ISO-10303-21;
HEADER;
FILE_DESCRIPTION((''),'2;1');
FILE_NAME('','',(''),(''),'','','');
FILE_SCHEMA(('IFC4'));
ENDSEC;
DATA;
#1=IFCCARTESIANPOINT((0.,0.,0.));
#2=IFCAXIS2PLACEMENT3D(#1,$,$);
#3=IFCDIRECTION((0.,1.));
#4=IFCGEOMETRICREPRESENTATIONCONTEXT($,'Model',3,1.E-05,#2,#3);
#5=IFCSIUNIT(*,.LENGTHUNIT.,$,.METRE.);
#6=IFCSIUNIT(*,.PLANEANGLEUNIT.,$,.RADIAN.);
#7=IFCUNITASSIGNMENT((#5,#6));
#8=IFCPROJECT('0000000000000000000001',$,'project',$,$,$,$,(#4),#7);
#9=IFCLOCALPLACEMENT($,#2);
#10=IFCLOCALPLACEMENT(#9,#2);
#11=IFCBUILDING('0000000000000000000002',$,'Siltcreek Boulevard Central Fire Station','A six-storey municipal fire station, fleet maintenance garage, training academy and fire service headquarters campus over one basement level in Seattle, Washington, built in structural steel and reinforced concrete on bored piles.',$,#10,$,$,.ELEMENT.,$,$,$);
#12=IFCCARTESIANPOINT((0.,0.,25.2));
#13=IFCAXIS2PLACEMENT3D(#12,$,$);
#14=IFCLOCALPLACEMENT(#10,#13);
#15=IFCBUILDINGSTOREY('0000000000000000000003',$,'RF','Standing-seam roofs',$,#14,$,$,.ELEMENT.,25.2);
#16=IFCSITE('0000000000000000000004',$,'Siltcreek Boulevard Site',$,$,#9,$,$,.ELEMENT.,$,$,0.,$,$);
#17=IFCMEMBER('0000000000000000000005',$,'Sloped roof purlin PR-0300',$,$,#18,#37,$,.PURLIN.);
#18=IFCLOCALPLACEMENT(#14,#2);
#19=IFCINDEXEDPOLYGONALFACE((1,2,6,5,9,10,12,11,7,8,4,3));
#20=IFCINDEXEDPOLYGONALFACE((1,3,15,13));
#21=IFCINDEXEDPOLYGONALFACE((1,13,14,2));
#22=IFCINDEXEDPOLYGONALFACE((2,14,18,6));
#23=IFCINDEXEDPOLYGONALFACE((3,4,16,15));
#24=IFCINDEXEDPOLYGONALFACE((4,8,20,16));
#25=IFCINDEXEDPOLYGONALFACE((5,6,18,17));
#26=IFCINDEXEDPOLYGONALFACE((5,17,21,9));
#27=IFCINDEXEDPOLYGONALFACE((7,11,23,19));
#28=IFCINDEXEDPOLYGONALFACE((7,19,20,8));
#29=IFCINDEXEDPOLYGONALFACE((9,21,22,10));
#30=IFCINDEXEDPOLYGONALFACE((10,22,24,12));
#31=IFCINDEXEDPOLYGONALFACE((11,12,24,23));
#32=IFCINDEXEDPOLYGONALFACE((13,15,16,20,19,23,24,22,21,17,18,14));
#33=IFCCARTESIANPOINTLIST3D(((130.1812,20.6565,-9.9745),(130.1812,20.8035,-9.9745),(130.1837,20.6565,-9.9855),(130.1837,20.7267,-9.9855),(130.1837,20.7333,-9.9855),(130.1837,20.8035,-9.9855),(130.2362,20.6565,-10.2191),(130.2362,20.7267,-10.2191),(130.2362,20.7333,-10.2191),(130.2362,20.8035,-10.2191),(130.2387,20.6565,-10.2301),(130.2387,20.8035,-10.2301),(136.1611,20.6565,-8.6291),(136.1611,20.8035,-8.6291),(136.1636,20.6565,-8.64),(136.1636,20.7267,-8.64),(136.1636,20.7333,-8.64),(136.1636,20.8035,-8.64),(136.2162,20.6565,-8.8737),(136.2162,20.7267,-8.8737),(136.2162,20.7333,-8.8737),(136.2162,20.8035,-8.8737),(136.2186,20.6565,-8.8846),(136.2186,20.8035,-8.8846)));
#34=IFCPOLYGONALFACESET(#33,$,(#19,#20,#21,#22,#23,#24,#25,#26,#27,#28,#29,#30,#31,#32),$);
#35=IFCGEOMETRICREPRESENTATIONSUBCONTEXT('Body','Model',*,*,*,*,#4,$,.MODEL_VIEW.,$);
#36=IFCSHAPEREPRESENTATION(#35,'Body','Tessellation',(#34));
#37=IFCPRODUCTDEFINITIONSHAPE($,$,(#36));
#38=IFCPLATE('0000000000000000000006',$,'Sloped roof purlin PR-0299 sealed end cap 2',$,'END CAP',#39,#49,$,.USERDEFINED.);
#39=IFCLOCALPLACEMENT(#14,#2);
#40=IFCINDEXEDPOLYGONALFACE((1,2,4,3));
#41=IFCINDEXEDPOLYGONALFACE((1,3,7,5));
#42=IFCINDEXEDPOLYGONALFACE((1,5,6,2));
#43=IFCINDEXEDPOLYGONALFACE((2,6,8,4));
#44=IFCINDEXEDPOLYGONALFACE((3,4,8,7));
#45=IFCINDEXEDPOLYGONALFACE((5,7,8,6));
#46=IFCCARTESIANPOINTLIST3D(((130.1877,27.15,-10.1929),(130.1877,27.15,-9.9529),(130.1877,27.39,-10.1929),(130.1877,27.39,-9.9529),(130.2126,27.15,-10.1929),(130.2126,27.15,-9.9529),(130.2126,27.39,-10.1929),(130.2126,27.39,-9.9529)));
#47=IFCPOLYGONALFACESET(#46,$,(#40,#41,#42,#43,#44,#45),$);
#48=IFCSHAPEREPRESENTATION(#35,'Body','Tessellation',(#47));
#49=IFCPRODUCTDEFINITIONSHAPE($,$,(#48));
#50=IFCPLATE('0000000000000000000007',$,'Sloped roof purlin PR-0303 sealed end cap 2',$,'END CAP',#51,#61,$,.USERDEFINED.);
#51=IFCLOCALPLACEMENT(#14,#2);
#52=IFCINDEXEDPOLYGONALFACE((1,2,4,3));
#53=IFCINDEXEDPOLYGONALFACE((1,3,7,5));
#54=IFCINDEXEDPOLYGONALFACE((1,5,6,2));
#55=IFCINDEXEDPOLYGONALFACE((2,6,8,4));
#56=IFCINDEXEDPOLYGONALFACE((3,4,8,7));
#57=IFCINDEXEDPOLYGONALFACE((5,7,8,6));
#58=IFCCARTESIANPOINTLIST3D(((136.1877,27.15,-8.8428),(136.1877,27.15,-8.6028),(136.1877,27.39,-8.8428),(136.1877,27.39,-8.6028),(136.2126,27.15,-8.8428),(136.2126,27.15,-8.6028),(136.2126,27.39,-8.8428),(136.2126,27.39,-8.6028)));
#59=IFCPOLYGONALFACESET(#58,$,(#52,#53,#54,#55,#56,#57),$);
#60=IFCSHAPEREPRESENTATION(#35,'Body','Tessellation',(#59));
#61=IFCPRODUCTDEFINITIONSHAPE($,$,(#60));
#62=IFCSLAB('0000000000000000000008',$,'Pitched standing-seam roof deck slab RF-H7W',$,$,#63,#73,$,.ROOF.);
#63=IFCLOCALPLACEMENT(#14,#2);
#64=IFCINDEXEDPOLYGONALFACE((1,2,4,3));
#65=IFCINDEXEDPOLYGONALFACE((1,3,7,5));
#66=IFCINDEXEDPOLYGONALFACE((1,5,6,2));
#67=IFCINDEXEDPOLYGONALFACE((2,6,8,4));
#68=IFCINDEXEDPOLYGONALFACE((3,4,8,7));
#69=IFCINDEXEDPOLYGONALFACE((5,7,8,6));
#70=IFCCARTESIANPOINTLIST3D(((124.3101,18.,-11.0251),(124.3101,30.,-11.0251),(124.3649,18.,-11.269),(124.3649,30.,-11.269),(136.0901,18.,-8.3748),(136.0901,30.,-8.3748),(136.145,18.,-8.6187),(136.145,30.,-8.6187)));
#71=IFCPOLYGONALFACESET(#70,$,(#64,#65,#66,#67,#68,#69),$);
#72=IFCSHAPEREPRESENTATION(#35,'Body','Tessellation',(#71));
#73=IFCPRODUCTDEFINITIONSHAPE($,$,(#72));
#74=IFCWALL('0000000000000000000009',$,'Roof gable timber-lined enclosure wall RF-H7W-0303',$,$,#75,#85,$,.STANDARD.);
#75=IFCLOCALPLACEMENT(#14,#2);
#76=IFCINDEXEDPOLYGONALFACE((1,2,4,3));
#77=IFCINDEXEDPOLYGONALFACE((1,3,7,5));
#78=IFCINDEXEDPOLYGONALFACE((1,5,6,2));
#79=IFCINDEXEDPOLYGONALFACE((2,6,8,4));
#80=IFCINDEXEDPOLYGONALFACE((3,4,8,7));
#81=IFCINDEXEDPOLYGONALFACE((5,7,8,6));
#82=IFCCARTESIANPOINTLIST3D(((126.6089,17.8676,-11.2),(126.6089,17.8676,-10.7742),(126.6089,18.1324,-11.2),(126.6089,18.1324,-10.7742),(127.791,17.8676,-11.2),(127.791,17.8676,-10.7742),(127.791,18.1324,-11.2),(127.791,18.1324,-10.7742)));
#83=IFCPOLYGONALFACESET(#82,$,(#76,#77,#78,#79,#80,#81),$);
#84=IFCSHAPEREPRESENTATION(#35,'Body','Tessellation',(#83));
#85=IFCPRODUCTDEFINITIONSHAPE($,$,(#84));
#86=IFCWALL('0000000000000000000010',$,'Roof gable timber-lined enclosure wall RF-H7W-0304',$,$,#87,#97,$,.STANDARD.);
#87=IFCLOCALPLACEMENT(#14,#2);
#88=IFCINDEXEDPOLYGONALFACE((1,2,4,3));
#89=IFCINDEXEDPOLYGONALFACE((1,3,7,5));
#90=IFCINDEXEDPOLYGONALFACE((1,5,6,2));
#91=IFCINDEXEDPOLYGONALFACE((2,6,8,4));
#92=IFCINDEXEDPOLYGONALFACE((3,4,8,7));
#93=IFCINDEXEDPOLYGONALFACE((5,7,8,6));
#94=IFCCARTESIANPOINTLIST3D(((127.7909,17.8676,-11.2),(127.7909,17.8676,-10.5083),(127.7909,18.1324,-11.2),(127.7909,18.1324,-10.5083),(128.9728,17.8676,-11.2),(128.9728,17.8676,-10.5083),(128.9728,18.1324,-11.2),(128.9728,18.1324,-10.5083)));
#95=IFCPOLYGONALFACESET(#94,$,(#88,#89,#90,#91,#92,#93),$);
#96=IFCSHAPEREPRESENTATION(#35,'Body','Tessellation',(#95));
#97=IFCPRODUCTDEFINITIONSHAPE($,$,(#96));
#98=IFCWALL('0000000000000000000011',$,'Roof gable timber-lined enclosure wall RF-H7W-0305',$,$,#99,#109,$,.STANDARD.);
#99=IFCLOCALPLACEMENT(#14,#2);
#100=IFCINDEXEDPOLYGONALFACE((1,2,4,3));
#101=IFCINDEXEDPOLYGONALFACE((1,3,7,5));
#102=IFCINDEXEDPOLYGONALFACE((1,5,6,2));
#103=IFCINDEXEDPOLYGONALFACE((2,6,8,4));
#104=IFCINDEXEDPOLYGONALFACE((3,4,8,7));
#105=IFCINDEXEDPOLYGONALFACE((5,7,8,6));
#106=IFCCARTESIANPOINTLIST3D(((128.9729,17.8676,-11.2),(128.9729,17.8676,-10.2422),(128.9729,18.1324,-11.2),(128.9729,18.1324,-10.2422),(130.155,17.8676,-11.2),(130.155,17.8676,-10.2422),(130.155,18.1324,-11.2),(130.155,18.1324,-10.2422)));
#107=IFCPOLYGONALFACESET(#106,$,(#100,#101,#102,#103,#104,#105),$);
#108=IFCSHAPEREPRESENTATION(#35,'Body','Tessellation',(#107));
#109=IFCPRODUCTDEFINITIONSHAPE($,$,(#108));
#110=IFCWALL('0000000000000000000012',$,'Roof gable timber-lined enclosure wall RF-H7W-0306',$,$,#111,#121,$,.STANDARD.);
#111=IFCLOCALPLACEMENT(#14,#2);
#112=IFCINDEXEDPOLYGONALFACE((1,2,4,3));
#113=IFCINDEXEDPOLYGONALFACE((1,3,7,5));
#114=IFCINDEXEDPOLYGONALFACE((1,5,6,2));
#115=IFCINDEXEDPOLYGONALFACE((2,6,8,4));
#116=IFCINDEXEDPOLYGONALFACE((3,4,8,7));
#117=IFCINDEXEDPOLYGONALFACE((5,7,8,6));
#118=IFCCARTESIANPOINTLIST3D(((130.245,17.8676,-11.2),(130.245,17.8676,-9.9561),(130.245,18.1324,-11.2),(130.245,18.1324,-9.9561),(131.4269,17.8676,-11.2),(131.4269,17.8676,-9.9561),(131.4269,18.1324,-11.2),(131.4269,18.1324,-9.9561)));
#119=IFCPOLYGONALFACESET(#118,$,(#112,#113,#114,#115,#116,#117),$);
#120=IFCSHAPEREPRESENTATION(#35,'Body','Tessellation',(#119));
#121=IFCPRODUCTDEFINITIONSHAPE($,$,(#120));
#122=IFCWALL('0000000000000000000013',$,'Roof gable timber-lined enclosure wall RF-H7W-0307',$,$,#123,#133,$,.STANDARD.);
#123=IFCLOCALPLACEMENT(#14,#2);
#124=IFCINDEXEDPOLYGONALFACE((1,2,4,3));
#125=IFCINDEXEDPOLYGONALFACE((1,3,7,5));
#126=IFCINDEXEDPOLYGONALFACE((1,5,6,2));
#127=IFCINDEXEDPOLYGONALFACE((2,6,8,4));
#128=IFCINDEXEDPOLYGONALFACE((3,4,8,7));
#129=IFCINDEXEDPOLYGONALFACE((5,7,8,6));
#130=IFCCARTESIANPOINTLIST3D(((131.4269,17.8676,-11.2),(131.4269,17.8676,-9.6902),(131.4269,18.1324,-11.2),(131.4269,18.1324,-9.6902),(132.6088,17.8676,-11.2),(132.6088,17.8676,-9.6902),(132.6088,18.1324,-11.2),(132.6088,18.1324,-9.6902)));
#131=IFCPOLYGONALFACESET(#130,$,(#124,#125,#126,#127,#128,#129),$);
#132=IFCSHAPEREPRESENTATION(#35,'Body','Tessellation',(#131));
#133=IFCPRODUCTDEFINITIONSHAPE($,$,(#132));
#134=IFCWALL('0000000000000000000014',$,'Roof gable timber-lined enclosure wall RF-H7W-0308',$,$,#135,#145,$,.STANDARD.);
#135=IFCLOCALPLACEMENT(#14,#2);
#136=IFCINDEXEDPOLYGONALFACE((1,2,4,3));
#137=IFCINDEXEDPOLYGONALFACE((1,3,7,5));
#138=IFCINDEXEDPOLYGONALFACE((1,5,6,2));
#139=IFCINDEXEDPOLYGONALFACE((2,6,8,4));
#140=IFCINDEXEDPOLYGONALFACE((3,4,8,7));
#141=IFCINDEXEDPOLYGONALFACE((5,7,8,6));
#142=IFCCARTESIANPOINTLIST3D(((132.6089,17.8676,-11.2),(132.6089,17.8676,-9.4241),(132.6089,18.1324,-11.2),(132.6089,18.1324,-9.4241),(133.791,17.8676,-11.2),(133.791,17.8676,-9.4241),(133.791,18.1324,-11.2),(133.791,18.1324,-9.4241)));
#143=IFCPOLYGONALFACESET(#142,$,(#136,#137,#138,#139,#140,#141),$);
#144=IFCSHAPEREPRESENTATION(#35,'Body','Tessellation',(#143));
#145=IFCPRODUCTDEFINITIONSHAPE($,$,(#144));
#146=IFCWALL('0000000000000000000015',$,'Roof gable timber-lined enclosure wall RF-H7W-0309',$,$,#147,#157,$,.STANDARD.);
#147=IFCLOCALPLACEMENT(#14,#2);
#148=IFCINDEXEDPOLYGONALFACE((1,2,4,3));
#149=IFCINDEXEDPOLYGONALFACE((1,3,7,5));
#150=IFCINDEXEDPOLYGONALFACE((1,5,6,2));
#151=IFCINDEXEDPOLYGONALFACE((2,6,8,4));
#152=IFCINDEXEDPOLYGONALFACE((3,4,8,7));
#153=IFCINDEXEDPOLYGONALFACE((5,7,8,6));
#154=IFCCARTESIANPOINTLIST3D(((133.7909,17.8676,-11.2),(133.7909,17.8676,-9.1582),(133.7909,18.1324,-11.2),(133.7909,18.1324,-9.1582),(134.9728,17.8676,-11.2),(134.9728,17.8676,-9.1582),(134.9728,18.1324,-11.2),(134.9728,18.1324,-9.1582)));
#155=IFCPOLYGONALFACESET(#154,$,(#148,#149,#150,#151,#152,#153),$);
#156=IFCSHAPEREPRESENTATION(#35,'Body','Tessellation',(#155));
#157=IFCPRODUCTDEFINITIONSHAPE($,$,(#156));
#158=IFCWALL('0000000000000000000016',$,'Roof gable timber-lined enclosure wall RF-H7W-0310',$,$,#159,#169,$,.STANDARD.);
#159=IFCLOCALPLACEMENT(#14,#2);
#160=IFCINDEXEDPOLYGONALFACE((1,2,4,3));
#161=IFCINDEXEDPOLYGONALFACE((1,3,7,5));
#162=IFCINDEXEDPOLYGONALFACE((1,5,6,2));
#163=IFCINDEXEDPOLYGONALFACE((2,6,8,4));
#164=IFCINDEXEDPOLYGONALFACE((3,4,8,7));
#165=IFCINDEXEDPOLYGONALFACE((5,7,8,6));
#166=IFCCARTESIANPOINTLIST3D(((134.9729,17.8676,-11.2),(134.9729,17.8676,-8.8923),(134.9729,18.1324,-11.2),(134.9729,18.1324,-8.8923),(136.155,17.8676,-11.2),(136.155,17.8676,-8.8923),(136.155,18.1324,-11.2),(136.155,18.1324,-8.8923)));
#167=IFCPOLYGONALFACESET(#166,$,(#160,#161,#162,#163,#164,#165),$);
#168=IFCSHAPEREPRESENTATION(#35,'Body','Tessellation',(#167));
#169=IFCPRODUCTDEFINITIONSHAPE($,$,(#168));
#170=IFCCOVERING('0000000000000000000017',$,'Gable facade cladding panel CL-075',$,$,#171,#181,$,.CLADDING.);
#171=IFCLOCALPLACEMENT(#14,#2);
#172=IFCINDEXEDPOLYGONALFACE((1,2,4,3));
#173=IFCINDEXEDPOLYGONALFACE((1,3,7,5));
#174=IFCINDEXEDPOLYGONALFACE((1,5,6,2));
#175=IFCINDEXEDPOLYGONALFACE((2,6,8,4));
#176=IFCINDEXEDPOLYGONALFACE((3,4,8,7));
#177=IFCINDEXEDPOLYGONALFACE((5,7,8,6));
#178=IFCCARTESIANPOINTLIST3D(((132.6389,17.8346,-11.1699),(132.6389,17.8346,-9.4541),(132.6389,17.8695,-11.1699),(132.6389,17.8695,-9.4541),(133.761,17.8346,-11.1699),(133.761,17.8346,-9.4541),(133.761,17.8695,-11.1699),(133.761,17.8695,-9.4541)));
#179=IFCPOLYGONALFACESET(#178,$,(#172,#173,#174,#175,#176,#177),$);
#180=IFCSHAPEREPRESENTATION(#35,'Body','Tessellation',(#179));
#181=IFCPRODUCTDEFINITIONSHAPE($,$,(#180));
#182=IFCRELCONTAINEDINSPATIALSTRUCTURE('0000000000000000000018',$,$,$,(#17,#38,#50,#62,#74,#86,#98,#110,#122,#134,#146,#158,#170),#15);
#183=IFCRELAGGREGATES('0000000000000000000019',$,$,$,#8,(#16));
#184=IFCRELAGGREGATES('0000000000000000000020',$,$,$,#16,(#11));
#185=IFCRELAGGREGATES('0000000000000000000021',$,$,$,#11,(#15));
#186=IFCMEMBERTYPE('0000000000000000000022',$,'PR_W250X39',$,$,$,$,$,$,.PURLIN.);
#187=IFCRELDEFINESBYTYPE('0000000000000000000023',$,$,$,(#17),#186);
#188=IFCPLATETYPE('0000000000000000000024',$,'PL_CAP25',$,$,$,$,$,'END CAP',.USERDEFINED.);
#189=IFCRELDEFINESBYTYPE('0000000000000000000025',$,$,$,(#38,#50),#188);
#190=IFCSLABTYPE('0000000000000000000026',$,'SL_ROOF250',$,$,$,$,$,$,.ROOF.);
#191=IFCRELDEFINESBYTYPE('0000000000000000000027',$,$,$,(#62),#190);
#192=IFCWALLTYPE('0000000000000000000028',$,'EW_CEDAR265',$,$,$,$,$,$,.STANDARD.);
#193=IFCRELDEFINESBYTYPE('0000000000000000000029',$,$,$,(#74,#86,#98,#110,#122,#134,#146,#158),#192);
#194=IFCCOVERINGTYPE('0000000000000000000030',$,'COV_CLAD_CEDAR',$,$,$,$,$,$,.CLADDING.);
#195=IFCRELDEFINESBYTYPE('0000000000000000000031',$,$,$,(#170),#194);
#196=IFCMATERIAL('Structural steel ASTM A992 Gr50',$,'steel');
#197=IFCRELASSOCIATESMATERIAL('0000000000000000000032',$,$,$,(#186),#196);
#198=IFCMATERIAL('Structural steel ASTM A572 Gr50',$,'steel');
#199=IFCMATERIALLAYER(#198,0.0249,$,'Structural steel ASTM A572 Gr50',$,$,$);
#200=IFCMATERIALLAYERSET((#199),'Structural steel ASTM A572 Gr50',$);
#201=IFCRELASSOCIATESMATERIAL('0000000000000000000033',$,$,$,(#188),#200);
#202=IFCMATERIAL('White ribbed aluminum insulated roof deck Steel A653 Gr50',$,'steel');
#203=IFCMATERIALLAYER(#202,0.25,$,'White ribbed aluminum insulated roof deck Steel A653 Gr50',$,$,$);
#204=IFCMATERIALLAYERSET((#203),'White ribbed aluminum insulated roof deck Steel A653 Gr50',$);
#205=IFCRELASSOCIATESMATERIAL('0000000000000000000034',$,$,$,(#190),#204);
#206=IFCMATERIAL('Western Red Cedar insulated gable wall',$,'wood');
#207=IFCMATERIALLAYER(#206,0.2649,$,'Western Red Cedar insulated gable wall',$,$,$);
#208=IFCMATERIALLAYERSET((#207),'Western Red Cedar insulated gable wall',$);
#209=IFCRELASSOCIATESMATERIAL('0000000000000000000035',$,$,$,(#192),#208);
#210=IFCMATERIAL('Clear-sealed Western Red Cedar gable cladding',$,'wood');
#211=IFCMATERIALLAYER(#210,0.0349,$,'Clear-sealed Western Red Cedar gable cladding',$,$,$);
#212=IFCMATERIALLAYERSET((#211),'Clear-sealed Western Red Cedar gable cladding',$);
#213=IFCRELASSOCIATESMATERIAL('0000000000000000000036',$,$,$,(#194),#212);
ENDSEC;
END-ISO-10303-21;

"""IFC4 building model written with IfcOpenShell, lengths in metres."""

from ifc_helpers import new_model, si_unit, direction, frame, frame_2d, origin, origin_2d, place, context, subcontext, project, spatial, polyline, rectangle, i_section, outline, extrude, material, layer, layer_set, material_profile, profile_set, type_object, element, save


model = new_model("IFC4")

# Units and contexts
model_context = context("Model", 3, precision=1e-05, world=origin(), true_north=direction((0.0, 1.0)))
body_context = subcontext(model_context, "Body", "Model", "MODEL_VIEW")
ifc_project = project(units=[si_unit("LENGTHUNIT", "METRE"), si_unit("PLANEANGLEUNIT", "RADIAN")], contexts=[model_context])

# Site, building, storey
site_placement = place(None, origin())
site = spatial("IfcSite", under=ifc_project, at=site_placement, Name="Siltcreek Boulevard Site", CompositionType="ELEMENT", RefElevation=0.0)
building_placement = place(site_placement, origin())
building = spatial("IfcBuilding", under=site, at=building_placement, Name="Siltcreek Boulevard Central Fire Station", Description="A six-storey municipal fire station, fleet maintenance garage, training academy and fire service headquarters campus over one basement level in Seattle, Washington, built in structural steel and reinforced concrete on bored piles.", CompositionType="ELEMENT")
storey_placement = place(building_placement, frame((0.0, 0.0, 25.2)))
storey = spatial("IfcBuildingStorey", under=building, at=storey_placement, Name="RF", Description="Standing-seam roofs", CompositionType="ELEMENT", Elevation=25.2)

# Shared definitions
ifc_material_1 = material(Name="Structural steel ASTM A992 Gr50", Category="steel")

# Member
ifc_material_profile_1 = material_profile(ifc_material_1, i_section(OverallWidth=0.147, OverallDepth=0.262, WebThickness=0.0066, FlangeThickness=0.0112, at=origin_2d()), Name="W250X39")
ifc_profile_set_1 = profile_set([ifc_material_profile_1], Name="Structural steel ASTM A992 Gr50")
member_type_1 = type_object("IfcMemberType", Name="PR_W250X39", PredefinedType="PURLIN", material=ifc_profile_set_1)
member_1_placement = place(storey_placement, frame((130.21, 20.73, -10.1023), z_axis=(0.975611, 0.0, 0.219507), x_axis=(0.0, 1.0, 0.0)))
element("IfcMember", 1, at=member_1_placement, inside=storey, type_object=member_type_1, Name="Sloped roof purlin PR-0300", PredefinedType="PURLIN", context=body_context, shape_type="SweptSolid", body=[
    extrude(i_section(OverallWidth=0.147, OverallDepth=0.262, WebThickness=0.0066, FlangeThickness=0.0112, at=origin_2d()), origin(), (0.0, 0.0, 1.0), 6.1294),
])

# Plates
ifc_material_2 = material(Name="Structural steel ASTM A572 Gr50", Category="steel")
ifc_layer_1 = layer(ifc_material_2, 0.0249, Name="Structural steel ASTM A572 Gr50")
ifc_layer_set_1 = layer_set([ifc_layer_1], Name="Structural steel ASTM A572 Gr50")
plate_type = type_object("IfcPlateType", Name="PL_CAP25", ElementType="END CAP", PredefinedType="USERDEFINED", material=ifc_layer_set_1)
for number, where, z_axis, x_axis, name in (
    (2, (130.2002, 27.27, -10.1929), (0.0, 0.0, 1.0), (1.0, 0.0, 0.0), "Sloped roof purlin PR-0299 sealed end cap 2"),
    (3, (136.2002, 27.27, -8.8428), (0.0, 0.0, 1.0), (1.0, 0.0, 0.0), "Sloped roof purlin PR-0303 sealed end cap 2"),
):
    element("IfcPlate", number, at=place(storey_placement, frame(where, z_axis=z_axis, x_axis=x_axis)), inside=storey, type_object=plate_type, Name=name, ObjectType="END CAP", PredefinedType="USERDEFINED", context=body_context, shape_type="SweptSolid", body=[
        extrude(rectangle(XDim=0.0249, YDim=0.24, at=origin_2d()), origin(), (0.0, 0.0, 1.0), 0.24),
    ])

# Slab
ifc_material_3 = material(Name="White ribbed aluminum insulated roof deck Steel A653 Gr50", Category="steel")
ifc_layer_2 = layer(ifc_material_3, 0.25, Name="White ribbed aluminum insulated roof deck Steel A653 Gr50")
ifc_layer_set_2 = layer_set([ifc_layer_2], Name="White ribbed aluminum insulated roof deck Steel A653 Gr50")
slab_type = type_object("IfcSlabType", Name="SL_ROOF250", PredefinedType="ROOF", material=ifc_layer_set_2)
slab_placement = place(storey_placement, frame((124.3101, 18.0, -11.0251), z_axis=(-0.219503, 0.0, 0.975612), x_axis=(0.975612, 0.0, 0.219503)))
element("IfcSlab", 4, at=slab_placement, inside=storey, type_object=slab_type, Name="Pitched standing-seam roof deck slab RF-H7W", PredefinedType="ROOF", context=body_context, shape_type="SweptSolid", body=[
    extrude(outline(polyline([(0.0, 0.0), (12.0745, 0.0), (12.0745, 12.0), (0.0, 12.0), (0.0, 0.0)])), origin(), (0.0, 0.0, -1.0), 0.25),
])

# Walls
ifc_material_4 = material(Name="Western Red Cedar insulated gable wall", Category="wood")
ifc_layer_3 = layer(ifc_material_4, 0.2649, Name="Western Red Cedar insulated gable wall")
ifc_layer_set_3 = layer_set([ifc_layer_3], Name="Western Red Cedar insulated gable wall")
wall_type = type_object("IfcWallType", Name="EW_CEDAR265", PredefinedType="STANDARD", material=ifc_layer_set_3)
wall_1_placement = place(storey_placement, frame((126.6089, 18.0, -11.2), z_axis=(0.0, 0.0, 1.0), x_axis=(1.0, 0.0, 0.0)))
element("IfcWall", 5, at=wall_1_placement, inside=storey, type_object=wall_type, Name="Roof gable timber-lined enclosure wall RF-H7W-0303", PredefinedType="STANDARD", context=body_context, shape_type="SweptSolid", body=[
    extrude(rectangle(XDim=1.1821, YDim=0.2649, at=frame_2d((0.5911, 0.0))), origin(), (0.0, 0.0, 1.0), 0.4258),
])
wall_2_placement = place(storey_placement, frame((127.791, 18.0, -11.2), z_axis=(0.0, 0.0, 1.0), x_axis=(1.0, 0.0, 0.0)))
element("IfcWall", 6, at=wall_2_placement, inside=storey, type_object=wall_type, Name="Roof gable timber-lined enclosure wall RF-H7W-0304", PredefinedType="STANDARD", context=body_context, shape_type="SweptSolid", body=[
    extrude(rectangle(XDim=1.1819, YDim=0.2649, at=frame_2d((0.5908, 0.0))), origin(), (0.0, 0.0, 1.0), 0.6917),
])
wall_3_placement = place(storey_placement, frame((128.9729, 18.0, -11.2), z_axis=(0.0, 0.0, 1.0), x_axis=(1.0, 0.0, 0.0)))
element("IfcWall", 7, at=wall_3_placement, inside=storey, type_object=wall_type, Name="Roof gable timber-lined enclosure wall RF-H7W-0305", PredefinedType="STANDARD", context=body_context, shape_type="SweptSolid", body=[
    extrude(rectangle(XDim=1.1821, YDim=0.2649, at=frame_2d((0.5911, 0.0))), origin(), (0.0, 0.0, 1.0), 0.9578),
])
wall_4_placement = place(storey_placement, frame((130.2451, 18.0, -11.2), z_axis=(0.0, 0.0, 1.0), x_axis=(1.0, 0.0, 0.0)))
element("IfcWall", 8, at=wall_4_placement, inside=storey, type_object=wall_type, Name="Roof gable timber-lined enclosure wall RF-H7W-0306", PredefinedType="STANDARD", context=body_context, shape_type="SweptSolid", body=[
    extrude(rectangle(XDim=1.1819, YDim=0.2649, at=frame_2d((0.5908, 0.0))), origin(), (0.0, 0.0, 1.0), 1.2439),
])
wall_5_placement = place(storey_placement, frame((131.427, 18.0, -11.2), z_axis=(0.0, 0.0, 1.0), x_axis=(1.0, 0.0, 0.0)))
element("IfcWall", 9, at=wall_5_placement, inside=storey, type_object=wall_type, Name="Roof gable timber-lined enclosure wall RF-H7W-0307", PredefinedType="STANDARD", context=body_context, shape_type="SweptSolid", body=[
    extrude(rectangle(XDim=1.1819, YDim=0.2649, at=frame_2d((0.5908, 0.0))), origin(), (0.0, 0.0, 1.0), 1.5098),
])
wall_6_placement = place(storey_placement, frame((132.6089, 18.0, -11.2), z_axis=(0.0, 0.0, 1.0), x_axis=(1.0, 0.0, 0.0)))
element("IfcWall", 10, at=wall_6_placement, inside=storey, type_object=wall_type, Name="Roof gable timber-lined enclosure wall RF-H7W-0308", PredefinedType="STANDARD", context=body_context, shape_type="SweptSolid", body=[
    extrude(rectangle(XDim=1.1821, YDim=0.2649, at=frame_2d((0.5911, 0.0))), origin(), (0.0, 0.0, 1.0), 1.7759),
])
wall_7_placement = place(storey_placement, frame((133.791, 18.0, -11.2), z_axis=(0.0, 0.0, 1.0), x_axis=(1.0, 0.0, 0.0)))
element("IfcWall", 11, at=wall_7_placement, inside=storey, type_object=wall_type, Name="Roof gable timber-lined enclosure wall RF-H7W-0309", PredefinedType="STANDARD", context=body_context, shape_type="SweptSolid", body=[
    extrude(rectangle(XDim=1.1819, YDim=0.2649, at=frame_2d((0.5908, 0.0))), origin(), (0.0, 0.0, 1.0), 2.0417),
])
wall_8_placement = place(storey_placement, frame((134.9729, 18.0, -11.2), z_axis=(0.0, 0.0, 1.0), x_axis=(1.0, 0.0, 0.0)))
element("IfcWall", 12, at=wall_8_placement, inside=storey, type_object=wall_type, Name="Roof gable timber-lined enclosure wall RF-H7W-0310", PredefinedType="STANDARD", context=body_context, shape_type="SweptSolid", body=[
    extrude(rectangle(XDim=1.1821, YDim=0.2649, at=frame_2d((0.5911, 0.0))), origin(), (0.0, 0.0, 1.0), 2.3076),
])

# Covering
ifc_material_5 = material(Name="Clear-sealed Western Red Cedar gable cladding", Category="wood")
ifc_layer_4 = layer(ifc_material_5, 0.0349, Name="Clear-sealed Western Red Cedar gable cladding")
ifc_layer_set_4 = layer_set([ifc_layer_4], Name="Clear-sealed Western Red Cedar gable cladding")
covering_type = type_object("IfcCoveringType", Name="COV_CLAD_CEDAR", PredefinedType="CLADDING", material=ifc_layer_set_4)
covering_placement = place(storey_placement, frame((133.2, 17.8521, -11.1699), z_axis=(0.0, 0.0, 1.0), x_axis=(1.0, 0.0, 0.0)))
element("IfcCovering", 13, at=covering_placement, inside=storey, type_object=covering_type, Name="Gable facade cladding panel CL-075", PredefinedType="CLADDING", context=body_context, shape_type="SweptSolid", body=[
    extrude(rectangle(XDim=1.1221, YDim=0.0349, at=origin_2d()), origin(), (0.0, 0.0, 1.0), 1.7158),
])

save(model, "model.ifc")
